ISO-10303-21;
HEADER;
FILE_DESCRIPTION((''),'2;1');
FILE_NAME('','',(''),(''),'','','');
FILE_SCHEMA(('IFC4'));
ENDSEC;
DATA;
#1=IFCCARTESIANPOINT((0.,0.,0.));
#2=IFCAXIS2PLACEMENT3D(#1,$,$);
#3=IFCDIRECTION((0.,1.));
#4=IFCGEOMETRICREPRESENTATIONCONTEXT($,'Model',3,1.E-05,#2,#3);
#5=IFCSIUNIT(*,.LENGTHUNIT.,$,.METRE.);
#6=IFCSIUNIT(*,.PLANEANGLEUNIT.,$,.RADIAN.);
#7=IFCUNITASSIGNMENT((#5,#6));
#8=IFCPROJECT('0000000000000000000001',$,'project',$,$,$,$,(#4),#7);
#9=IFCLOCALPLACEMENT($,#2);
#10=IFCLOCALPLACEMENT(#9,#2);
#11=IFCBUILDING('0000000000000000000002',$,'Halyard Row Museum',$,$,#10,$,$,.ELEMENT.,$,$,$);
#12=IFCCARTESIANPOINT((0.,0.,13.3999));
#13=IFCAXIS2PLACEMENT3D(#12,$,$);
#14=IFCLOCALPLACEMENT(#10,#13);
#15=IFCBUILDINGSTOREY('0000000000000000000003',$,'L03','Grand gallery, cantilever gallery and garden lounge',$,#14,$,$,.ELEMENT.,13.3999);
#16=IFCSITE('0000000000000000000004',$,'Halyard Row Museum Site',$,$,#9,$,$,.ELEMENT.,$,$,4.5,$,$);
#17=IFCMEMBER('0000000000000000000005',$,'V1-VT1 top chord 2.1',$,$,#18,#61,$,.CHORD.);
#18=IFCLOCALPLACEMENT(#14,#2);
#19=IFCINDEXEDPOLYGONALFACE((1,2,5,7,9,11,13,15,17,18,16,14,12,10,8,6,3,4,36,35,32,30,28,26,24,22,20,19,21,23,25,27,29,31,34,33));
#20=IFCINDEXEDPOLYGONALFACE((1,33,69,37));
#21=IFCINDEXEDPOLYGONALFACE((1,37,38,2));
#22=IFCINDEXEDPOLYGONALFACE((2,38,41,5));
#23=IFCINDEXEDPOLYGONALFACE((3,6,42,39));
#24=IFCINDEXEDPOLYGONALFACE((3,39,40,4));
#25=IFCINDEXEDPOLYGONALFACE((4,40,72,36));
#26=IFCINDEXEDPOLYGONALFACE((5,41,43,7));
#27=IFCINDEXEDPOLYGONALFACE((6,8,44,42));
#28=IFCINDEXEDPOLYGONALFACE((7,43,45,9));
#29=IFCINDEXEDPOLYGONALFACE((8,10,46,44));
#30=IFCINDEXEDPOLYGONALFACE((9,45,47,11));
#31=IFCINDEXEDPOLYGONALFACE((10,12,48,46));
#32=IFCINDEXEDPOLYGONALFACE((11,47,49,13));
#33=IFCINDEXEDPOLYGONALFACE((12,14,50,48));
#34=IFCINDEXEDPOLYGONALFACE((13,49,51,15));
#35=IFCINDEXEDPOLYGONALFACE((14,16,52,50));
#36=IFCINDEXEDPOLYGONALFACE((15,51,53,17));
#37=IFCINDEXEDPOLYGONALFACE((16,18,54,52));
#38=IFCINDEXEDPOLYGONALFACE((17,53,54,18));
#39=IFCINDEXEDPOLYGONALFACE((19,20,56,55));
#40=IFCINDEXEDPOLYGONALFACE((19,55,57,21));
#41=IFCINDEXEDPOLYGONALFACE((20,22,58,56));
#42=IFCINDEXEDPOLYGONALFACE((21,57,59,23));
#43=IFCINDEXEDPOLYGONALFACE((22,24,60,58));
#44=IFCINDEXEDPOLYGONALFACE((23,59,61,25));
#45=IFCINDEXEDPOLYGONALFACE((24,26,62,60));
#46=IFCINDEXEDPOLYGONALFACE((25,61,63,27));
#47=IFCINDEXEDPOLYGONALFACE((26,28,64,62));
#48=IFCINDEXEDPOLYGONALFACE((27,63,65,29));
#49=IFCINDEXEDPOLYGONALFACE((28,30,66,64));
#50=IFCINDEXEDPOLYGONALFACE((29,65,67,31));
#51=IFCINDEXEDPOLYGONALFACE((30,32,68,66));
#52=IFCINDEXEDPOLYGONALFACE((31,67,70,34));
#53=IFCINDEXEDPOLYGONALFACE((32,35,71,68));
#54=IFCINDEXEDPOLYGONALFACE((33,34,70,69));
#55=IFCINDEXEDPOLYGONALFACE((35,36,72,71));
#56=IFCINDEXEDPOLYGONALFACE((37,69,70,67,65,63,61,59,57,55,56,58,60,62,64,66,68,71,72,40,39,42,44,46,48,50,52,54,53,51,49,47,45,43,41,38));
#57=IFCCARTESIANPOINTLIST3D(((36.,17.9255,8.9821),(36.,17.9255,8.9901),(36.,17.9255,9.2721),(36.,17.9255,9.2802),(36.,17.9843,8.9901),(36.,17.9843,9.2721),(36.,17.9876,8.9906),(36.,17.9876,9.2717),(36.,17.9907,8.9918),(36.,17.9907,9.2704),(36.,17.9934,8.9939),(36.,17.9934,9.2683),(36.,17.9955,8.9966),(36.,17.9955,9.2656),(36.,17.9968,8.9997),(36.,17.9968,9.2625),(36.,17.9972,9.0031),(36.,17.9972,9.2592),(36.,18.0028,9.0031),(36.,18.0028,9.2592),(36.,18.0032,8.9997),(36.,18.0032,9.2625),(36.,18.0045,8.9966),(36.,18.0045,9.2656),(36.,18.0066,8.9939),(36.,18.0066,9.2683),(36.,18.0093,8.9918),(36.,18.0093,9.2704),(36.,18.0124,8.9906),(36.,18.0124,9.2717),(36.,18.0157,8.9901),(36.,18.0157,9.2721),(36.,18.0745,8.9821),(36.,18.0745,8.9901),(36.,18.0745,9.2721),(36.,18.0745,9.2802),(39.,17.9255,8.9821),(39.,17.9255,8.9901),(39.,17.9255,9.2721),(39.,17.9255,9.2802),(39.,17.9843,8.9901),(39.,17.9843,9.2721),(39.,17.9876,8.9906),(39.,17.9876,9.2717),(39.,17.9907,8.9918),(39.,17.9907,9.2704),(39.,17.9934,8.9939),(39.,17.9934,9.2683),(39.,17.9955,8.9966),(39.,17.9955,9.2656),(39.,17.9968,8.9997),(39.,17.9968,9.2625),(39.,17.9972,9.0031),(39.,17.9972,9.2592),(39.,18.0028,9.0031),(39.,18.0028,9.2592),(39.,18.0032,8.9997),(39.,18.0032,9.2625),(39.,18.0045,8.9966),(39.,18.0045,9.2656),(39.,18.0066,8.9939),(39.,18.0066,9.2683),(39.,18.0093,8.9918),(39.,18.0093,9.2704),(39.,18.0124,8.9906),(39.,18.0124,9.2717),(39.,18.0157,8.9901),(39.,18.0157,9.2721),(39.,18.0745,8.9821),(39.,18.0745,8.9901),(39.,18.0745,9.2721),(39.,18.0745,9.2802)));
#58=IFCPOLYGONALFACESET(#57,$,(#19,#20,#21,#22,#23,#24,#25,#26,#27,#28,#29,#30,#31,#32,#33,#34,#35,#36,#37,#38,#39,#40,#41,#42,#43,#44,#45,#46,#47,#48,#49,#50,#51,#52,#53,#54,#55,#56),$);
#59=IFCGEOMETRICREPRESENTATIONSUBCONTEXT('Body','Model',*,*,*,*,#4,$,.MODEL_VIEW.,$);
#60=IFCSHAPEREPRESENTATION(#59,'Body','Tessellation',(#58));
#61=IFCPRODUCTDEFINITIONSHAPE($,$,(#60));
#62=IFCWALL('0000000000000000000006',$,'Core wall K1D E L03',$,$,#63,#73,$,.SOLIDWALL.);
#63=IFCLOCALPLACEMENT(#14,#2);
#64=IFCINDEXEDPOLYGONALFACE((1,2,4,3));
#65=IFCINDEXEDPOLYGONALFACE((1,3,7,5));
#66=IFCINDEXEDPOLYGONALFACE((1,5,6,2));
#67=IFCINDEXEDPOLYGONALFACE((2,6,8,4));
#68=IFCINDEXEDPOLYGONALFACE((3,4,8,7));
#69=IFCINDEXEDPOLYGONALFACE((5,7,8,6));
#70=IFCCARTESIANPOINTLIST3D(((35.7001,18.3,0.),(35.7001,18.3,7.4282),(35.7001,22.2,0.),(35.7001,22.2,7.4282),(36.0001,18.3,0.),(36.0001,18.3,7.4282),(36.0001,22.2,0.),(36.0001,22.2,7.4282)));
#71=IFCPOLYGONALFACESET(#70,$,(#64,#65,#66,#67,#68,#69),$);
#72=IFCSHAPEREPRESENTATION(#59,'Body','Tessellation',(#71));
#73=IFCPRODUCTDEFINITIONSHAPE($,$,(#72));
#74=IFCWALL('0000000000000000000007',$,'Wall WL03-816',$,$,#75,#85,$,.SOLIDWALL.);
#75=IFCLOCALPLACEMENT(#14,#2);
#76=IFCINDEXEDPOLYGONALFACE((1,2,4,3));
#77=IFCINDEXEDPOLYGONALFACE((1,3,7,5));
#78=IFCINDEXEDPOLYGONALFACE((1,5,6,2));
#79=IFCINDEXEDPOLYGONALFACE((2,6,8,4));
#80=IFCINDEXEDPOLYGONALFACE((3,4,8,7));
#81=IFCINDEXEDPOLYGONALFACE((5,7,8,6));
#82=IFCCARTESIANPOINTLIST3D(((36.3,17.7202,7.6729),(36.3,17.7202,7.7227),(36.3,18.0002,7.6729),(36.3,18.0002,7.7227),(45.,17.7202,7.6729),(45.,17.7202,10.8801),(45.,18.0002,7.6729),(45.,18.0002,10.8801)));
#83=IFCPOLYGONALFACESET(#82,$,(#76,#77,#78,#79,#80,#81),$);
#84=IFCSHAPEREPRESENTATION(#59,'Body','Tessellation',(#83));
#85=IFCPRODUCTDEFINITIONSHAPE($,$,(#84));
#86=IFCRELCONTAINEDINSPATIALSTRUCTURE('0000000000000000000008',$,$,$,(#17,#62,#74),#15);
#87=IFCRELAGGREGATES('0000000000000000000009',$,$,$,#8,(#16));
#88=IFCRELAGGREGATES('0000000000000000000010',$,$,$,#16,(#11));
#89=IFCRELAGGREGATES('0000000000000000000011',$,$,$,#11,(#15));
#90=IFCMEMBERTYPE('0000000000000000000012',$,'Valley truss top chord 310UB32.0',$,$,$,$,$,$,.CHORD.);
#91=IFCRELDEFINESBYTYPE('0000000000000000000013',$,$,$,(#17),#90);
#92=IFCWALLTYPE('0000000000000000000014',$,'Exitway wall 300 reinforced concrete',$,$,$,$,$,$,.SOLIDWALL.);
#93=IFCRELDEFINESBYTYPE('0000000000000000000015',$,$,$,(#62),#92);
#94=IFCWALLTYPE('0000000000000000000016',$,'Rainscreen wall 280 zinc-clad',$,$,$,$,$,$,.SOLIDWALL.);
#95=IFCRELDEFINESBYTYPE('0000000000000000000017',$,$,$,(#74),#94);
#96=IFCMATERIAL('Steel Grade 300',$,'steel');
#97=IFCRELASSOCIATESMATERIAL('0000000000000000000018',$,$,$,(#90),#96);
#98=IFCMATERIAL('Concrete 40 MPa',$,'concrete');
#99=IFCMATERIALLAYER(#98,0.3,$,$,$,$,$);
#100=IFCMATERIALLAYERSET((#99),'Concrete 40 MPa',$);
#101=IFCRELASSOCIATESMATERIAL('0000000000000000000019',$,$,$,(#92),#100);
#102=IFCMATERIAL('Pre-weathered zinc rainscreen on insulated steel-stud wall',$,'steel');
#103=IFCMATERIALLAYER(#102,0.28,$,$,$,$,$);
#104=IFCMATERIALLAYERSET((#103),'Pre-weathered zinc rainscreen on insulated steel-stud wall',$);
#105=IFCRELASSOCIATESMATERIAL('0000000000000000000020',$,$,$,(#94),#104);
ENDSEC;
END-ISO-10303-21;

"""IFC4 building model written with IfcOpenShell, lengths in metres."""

from ifc_helpers import new_model, si_unit, direction, frame, frame_2d, origin, origin_2d, place, context, subcontext, project, spatial, polyline, rectangle, i_section, outline, extrude, material, layer, layer_set, material_profile, profile_set, type_object, element, save


model = new_model("IFC4")

# Units and contexts
model_context = context("Model", 3, precision=1e-05, world=origin(), true_north=direction((0.0, 1.0)))
body_context = subcontext(model_context, "Body", "Model", "MODEL_VIEW")
ifc_project = project(units=[si_unit("LENGTHUNIT", "METRE"), si_unit("PLANEANGLEUNIT", "RADIAN")], contexts=[model_context])

# Site, building, storey
site_placement = place(None, origin())
site = spatial("IfcSite", under=ifc_project, at=site_placement, Name="Halyard Row Museum Site", CompositionType="ELEMENT", RefElevation=4.5)
building_placement = place(site_placement, origin())
building = spatial("IfcBuilding", under=site, at=building_placement, Name="Halyard Row Museum", CompositionType="ELEMENT")
storey_placement = place(building_placement, frame((0.0, 0.0, 13.3999)))
storey = spatial("IfcBuildingStorey", under=building, at=storey_placement, Name="L03", Description="Grand gallery, cantilever gallery and garden lounge", CompositionType="ELEMENT", Elevation=13.3999)

# Member
ifc_material_1 = material(Name="Steel Grade 300", Category="steel")
ifc_material_profile_1 = material_profile(ifc_material_1, i_section(OverallWidth=0.1489, OverallDepth=0.2981, WebThickness=0.0056, FlangeThickness=0.0081, FilletRadius=0.0129, at=origin_2d()), Name="310UB32.0")
ifc_profile_set_1 = profile_set([ifc_material_profile_1], Name="Steel Grade 300")
member_type_1 = type_object("IfcMemberType", Name="Valley truss top chord 310UB32.0", PredefinedType="CHORD", material=ifc_profile_set_1)
member_1_placement = place(storey_placement, frame((36.0, 18.0, 9.1311), z_axis=(1.0, 0.0, 0.0), x_axis=(0.0, 1.0, 0.0)))
element("IfcMember", 1, at=member_1_placement, inside=storey, type_object=member_type_1, Name="V1-VT1 top chord 2.1", PredefinedType="CHORD", context=body_context, shape_type="SweptSolid", body=[
    extrude(i_section(OverallWidth=0.1489, OverallDepth=0.2981, WebThickness=0.0056, FlangeThickness=0.0081, FilletRadius=0.0129, at=origin_2d()), origin(), (0.0, 0.0, 1.0), 3.0),
])

# Walls
ifc_material_2 = material(Name="Concrete 40 MPa", Category="concrete")
ifc_layer_1 = layer(ifc_material_2, 0.3)
ifc_layer_set_1 = layer_set([ifc_layer_1], Name="Concrete 40 MPa")
wall_type_1 = type_object("IfcWallType", Name="Exitway wall 300 reinforced concrete", PredefinedType="SOLIDWALL", material=ifc_layer_set_1)
wall_1_placement = place(storey_placement, frame((35.8501, 18.3, 0.0), z_axis=(0.0, 0.0, 1.0), x_axis=(0.0, 1.0, 0.0)))
element("IfcWall", 2, at=wall_1_placement, inside=storey, type_object=wall_type_1, Name="Core wall K1D E L03", PredefinedType="SOLIDWALL", context=body_context, shape_type="SweptSolid", body=[
    extrude(rectangle(XDim=3.8999, YDim=0.3, at=frame_2d((1.95, 0.0))), origin(), (0.0, 0.0, 1.0), 7.4282),
])
ifc_material_3 = material(Name="Pre-weathered zinc rainscreen on insulated steel-stud wall", Category="steel")
ifc_layer_2 = layer(ifc_material_3, 0.28)
ifc_layer_set_2 = layer_set([ifc_layer_2], Name="Pre-weathered zinc rainscreen on insulated steel-stud wall")
wall_type_2 = type_object("IfcWallType", Name="Rainscreen wall 280 zinc-clad", PredefinedType="SOLIDWALL", material=ifc_layer_set_2)
wall_2_placement = place(storey_placement, frame((36.3, 17.8601, 7.6729), z_axis=(0.0, 0.0, 1.0), x_axis=(1.0, 0.0, 0.0)))
element("IfcWall", 3, at=wall_2_placement, inside=storey, type_object=wall_type_2, Name="Wall WL03-816", PredefinedType="SOLIDWALL", context=body_context, shape_type="SweptSolid", body=[
    extrude(outline(polyline([(0.0, 0.0), (8.7, 0.0), (8.7, 3.2073), (0.0, 0.0498), (0.0, 0.0)])), frame((0.0, 0.1401, 0.0), z_axis=(0.0, -1.0, 0.0), x_axis=(1.0, 0.0, 0.0)), (0.0, 0.0, 1.0), 0.28),
])

save(model, "model.ifc")
